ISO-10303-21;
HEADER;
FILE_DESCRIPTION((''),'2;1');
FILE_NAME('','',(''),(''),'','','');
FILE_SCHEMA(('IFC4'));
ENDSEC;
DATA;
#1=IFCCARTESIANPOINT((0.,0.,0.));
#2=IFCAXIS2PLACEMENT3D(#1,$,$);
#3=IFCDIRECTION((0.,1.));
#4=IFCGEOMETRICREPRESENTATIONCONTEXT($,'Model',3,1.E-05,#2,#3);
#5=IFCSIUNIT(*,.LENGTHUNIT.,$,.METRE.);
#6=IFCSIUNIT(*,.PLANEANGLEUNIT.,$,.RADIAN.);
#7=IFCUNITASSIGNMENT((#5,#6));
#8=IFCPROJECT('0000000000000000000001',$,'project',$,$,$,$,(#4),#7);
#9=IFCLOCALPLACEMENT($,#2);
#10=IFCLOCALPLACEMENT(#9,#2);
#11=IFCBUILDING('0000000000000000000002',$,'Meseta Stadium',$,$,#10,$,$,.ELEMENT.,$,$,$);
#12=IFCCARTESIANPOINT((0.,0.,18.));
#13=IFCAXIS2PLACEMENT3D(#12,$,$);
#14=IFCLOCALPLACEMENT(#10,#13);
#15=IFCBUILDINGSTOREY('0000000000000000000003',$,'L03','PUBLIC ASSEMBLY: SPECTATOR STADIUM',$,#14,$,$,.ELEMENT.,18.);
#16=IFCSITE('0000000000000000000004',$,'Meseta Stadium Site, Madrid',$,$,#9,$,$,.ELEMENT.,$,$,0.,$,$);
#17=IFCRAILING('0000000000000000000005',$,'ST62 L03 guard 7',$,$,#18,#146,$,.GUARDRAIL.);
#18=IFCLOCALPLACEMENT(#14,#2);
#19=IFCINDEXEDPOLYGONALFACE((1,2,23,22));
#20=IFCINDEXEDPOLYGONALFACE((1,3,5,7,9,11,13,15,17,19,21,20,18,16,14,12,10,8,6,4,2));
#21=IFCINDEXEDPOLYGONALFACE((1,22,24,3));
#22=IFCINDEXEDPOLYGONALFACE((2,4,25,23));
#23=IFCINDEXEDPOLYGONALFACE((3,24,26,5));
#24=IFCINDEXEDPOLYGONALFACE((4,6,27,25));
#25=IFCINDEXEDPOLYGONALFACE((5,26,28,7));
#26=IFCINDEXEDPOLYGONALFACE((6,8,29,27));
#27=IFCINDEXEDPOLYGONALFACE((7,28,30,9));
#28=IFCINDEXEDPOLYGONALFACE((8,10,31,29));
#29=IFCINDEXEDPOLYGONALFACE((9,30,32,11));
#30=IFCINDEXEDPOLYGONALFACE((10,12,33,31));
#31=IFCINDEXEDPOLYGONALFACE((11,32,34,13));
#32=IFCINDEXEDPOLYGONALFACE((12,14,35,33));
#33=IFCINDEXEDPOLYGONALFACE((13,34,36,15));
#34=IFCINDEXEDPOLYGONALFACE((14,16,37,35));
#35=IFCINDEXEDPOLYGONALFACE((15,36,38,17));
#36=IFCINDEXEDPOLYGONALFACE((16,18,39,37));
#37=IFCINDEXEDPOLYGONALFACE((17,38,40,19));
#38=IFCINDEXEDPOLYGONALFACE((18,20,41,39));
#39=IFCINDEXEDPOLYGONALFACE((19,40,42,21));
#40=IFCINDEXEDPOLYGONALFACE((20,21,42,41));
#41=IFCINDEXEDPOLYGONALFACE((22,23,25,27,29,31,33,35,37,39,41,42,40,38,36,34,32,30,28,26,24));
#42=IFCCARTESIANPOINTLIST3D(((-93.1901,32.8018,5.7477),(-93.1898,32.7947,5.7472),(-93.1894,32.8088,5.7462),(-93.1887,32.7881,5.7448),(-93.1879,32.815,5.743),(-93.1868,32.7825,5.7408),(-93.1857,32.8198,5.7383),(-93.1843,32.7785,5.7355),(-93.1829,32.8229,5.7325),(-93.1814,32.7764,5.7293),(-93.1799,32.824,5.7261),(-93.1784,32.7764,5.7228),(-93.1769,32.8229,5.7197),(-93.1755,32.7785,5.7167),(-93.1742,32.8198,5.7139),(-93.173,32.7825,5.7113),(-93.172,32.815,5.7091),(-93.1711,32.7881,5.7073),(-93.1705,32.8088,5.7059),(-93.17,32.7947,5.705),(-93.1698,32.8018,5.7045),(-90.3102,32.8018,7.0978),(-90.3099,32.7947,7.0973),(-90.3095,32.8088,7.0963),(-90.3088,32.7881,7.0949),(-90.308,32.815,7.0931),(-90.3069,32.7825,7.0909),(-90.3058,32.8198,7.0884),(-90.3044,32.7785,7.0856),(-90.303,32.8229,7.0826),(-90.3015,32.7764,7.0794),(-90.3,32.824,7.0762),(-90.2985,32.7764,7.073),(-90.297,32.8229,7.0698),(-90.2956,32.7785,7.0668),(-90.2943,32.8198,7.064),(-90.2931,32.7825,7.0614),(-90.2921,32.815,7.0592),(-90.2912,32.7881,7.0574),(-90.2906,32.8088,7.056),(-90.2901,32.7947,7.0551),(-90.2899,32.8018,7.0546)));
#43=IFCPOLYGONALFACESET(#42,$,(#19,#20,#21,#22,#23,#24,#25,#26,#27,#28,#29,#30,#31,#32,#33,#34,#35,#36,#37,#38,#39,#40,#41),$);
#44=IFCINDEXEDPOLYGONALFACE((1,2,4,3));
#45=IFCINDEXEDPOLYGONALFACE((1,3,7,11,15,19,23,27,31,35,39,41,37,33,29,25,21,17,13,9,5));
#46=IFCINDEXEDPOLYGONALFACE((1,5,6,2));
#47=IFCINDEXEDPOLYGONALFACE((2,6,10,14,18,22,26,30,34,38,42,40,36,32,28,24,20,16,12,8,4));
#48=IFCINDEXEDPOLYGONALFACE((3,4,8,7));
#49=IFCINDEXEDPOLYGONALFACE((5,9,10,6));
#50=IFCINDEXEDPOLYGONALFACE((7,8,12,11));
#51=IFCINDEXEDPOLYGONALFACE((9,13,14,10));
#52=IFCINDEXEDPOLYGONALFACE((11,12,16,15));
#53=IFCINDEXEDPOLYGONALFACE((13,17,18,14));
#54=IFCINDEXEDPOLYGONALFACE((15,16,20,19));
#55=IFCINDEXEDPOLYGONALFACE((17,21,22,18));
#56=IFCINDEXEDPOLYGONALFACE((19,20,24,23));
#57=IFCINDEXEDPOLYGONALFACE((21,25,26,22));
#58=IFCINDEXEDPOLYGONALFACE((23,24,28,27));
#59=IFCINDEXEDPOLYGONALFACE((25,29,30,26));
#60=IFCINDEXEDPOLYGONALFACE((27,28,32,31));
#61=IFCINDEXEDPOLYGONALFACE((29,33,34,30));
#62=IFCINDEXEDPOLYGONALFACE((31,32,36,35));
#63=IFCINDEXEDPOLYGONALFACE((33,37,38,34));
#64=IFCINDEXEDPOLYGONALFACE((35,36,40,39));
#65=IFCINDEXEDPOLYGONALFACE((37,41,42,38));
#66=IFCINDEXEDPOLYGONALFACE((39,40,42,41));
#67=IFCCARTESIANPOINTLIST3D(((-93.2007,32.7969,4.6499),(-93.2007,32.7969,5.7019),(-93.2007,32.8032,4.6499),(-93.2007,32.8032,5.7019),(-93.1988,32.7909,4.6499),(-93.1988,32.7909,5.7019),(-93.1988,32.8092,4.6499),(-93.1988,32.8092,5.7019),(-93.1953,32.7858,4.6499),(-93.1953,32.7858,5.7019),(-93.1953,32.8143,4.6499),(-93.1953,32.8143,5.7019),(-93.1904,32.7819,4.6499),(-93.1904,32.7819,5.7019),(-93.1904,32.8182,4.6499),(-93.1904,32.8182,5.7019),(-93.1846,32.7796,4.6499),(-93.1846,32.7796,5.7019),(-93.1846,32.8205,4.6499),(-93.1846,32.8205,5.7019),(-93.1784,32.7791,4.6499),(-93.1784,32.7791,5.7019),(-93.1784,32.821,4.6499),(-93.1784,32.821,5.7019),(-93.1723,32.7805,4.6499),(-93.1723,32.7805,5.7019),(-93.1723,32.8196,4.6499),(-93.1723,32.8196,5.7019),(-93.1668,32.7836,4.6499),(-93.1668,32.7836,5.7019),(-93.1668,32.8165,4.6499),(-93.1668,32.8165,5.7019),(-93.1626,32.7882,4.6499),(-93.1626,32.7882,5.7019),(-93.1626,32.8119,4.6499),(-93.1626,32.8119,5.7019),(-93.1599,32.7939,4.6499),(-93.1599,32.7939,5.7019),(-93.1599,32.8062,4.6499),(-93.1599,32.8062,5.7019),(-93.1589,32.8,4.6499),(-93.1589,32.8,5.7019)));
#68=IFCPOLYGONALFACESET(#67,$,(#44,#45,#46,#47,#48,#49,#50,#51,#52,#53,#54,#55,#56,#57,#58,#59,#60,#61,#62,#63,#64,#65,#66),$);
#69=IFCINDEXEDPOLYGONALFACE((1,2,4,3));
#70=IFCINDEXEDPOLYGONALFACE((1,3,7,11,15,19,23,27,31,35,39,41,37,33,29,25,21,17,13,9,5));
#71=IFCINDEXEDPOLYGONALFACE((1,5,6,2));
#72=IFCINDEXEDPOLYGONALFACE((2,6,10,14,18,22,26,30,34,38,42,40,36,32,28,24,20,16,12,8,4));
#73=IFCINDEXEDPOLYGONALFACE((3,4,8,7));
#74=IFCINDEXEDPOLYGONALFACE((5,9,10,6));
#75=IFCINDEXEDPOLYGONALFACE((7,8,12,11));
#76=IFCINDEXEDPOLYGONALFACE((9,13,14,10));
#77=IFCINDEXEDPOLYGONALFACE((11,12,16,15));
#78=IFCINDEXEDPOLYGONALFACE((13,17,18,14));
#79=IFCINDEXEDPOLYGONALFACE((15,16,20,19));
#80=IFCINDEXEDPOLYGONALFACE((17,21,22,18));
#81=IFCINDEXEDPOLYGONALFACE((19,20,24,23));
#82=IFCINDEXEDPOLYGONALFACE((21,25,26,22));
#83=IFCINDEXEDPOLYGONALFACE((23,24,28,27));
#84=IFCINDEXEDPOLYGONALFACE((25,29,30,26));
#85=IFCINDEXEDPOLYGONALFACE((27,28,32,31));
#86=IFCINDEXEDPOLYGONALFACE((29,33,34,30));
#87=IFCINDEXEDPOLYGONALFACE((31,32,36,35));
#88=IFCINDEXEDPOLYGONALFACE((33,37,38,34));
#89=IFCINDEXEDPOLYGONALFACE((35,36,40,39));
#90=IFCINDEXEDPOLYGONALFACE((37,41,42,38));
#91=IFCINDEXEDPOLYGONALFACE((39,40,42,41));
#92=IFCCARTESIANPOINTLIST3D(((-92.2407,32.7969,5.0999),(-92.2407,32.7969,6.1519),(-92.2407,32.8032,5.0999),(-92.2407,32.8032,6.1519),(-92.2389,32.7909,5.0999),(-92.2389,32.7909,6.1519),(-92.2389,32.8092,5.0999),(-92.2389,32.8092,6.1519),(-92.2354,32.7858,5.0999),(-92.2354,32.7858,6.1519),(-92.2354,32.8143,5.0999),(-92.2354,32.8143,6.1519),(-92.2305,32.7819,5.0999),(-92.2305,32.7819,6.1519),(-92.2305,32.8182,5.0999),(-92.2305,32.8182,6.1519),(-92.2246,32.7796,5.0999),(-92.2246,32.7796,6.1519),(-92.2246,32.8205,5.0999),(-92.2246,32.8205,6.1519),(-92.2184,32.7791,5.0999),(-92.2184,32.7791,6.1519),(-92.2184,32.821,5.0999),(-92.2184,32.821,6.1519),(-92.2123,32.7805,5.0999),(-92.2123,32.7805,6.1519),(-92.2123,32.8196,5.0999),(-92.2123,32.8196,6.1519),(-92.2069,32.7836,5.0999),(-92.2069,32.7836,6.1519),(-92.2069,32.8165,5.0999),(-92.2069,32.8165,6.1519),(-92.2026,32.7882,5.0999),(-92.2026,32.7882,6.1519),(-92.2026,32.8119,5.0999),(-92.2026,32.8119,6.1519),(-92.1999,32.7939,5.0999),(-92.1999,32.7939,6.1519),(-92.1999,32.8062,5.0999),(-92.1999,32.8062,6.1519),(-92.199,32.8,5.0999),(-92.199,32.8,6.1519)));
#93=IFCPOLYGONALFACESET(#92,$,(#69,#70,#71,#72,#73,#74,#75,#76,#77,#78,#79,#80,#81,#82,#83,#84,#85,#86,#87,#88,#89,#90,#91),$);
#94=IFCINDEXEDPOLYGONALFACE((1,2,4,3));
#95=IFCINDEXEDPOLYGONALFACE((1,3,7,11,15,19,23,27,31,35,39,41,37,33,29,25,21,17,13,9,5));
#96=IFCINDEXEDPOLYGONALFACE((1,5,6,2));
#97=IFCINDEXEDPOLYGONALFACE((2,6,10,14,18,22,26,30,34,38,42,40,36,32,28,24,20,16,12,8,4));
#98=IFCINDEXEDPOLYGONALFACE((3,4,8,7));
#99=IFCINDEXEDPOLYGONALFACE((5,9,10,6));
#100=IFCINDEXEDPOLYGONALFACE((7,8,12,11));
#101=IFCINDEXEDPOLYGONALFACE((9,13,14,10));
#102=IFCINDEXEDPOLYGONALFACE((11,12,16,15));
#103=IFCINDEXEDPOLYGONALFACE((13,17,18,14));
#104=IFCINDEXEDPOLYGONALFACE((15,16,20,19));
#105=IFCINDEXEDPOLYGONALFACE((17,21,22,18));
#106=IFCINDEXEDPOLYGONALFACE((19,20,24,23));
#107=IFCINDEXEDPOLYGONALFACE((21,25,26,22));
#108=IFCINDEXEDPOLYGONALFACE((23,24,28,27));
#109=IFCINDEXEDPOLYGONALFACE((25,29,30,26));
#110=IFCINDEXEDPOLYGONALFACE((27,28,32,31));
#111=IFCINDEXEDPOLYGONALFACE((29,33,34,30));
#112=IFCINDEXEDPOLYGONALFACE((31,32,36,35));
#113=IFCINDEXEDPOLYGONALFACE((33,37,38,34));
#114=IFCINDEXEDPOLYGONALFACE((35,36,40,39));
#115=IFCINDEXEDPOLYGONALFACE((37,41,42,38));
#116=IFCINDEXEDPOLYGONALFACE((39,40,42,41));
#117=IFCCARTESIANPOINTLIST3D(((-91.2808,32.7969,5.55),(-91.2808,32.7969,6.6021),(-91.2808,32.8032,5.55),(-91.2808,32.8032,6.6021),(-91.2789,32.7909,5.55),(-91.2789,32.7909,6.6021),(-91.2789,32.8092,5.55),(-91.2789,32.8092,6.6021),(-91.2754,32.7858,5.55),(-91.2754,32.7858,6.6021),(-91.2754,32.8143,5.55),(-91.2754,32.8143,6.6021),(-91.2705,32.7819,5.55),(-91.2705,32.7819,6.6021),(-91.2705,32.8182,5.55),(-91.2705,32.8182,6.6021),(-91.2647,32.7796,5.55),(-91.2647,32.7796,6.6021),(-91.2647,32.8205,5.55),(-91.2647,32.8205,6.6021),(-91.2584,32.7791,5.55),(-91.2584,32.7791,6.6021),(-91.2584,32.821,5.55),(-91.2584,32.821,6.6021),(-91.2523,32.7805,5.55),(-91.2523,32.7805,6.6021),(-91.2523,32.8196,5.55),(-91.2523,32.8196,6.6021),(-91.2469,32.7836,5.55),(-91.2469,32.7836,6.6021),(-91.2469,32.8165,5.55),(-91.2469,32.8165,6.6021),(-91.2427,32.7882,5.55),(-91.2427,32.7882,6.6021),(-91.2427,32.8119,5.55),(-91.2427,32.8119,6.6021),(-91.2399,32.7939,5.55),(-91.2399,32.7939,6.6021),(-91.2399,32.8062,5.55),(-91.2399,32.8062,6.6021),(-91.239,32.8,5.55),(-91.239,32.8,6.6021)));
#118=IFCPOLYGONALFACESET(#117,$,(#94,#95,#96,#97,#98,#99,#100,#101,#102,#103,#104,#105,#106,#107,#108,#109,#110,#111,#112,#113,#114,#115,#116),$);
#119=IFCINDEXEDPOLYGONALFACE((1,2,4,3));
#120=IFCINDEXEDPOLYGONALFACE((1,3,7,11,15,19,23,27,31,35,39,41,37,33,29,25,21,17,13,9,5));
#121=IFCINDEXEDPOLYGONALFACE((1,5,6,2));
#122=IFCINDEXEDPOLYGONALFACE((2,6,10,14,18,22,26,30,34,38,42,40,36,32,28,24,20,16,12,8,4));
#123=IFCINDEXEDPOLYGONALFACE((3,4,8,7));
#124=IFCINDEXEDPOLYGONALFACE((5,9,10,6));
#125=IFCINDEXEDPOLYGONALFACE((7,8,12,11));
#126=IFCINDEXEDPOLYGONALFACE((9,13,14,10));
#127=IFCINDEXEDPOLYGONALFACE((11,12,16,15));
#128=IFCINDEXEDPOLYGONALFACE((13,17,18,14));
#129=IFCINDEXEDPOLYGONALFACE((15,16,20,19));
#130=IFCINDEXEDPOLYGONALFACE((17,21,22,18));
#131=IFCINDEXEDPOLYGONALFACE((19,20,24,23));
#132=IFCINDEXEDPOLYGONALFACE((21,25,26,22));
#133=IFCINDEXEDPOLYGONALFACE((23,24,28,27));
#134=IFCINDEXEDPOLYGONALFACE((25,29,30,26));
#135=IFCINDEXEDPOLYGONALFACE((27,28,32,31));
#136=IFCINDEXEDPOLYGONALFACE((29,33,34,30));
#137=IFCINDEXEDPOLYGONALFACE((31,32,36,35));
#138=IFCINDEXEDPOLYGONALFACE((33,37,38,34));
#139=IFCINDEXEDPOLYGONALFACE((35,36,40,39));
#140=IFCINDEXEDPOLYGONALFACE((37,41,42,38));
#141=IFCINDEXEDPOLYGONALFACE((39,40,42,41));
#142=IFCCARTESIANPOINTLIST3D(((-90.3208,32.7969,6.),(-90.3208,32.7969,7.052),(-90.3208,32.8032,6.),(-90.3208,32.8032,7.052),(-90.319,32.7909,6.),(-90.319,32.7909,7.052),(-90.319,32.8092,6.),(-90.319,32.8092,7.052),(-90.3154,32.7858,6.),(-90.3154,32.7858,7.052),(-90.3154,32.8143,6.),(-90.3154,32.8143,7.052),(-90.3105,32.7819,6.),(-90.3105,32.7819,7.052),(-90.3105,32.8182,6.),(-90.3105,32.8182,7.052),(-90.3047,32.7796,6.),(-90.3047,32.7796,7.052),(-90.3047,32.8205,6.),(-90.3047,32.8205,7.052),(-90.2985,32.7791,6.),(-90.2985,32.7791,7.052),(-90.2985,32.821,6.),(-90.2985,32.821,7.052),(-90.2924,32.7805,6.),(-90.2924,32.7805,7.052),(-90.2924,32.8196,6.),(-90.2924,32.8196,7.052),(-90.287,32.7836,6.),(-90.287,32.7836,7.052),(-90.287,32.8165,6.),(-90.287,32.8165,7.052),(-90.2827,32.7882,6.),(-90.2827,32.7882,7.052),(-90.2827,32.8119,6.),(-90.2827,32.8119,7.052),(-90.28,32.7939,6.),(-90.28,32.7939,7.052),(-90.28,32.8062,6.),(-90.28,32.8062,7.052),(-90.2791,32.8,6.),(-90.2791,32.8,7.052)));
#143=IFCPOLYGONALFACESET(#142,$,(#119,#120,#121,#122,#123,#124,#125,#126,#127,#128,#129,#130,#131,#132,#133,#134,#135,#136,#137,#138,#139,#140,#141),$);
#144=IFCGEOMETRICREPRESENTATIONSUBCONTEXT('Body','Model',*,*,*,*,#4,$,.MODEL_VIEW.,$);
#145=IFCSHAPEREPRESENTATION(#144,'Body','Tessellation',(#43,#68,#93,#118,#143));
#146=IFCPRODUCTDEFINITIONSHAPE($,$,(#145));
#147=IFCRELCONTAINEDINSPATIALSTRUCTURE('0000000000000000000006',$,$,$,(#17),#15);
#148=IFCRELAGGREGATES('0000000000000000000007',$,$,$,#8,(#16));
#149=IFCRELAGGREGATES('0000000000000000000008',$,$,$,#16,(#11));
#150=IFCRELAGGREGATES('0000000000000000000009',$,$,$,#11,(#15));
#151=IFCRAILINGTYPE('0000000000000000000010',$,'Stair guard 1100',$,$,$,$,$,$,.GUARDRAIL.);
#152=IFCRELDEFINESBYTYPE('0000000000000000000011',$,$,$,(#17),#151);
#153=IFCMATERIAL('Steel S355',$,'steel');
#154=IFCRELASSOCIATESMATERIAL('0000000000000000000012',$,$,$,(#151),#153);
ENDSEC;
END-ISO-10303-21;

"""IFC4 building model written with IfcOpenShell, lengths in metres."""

from ifc_helpers import new_model, si_unit, direction, frame, origin, origin_2d, place, context, subcontext, project, spatial, circle, extrude, material, type_object, element, save


model = new_model("IFC4")

# Units and contexts
model_context = context("Model", 3, precision=1e-05, world=origin(), true_north=direction((0.0, 1.0)))
body_context = subcontext(model_context, "Body", "Model", "MODEL_VIEW")
ifc_project = project(units=[si_unit("LENGTHUNIT", "METRE"), si_unit("PLANEANGLEUNIT", "RADIAN")], contexts=[model_context])

# Site, building, storey
site_placement = place(None, origin())
site = spatial("IfcSite", under=ifc_project, at=site_placement, Name="Meseta Stadium Site, Madrid", CompositionType="ELEMENT", RefElevation=0.0)
building_placement = place(site_placement, origin())
building = spatial("IfcBuilding", under=site, at=building_placement, Name="Meseta Stadium", CompositionType="ELEMENT")
storey_placement = place(building_placement, frame((0.0, 0.0, 18.0)))
storey = spatial("IfcBuildingStorey", under=building, at=storey_placement, Name="L03", Description="PUBLIC ASSEMBLY: SPECTATOR STADIUM", CompositionType="ELEMENT", Elevation=18.0)

# Railing
ifc_material_1 = material(Name="Steel S355", Category="steel")
railing_type_1 = type_object("IfcRailingType", Name="Stair guard 1100", PredefinedType="GUARDRAIL", material=ifc_material_1)
railing_1_placement = place(storey_placement, frame((-93.1799, 32.8, 4.6499)))
element("IfcRailing", 1, at=railing_1_placement, inside=storey, type_object=railing_type_1, Name="ST62 L03 guard 7", PredefinedType="GUARDRAIL", context=body_context, shape_type="SweptSolid", body=[
    extrude(circle(Radius=0.0239, at=origin_2d()), frame((0.0, 0.0, 1.0762), z_axis=(0.90544, 0.0, 0.424473), x_axis=(0.0, 1.0, 0.0)), (0.0, 0.0, 1.0), 3.1807),
    extrude(circle(Radius=0.021, at=origin_2d()), origin(), (0.0, 0.0, 1.0), 1.052),
    extrude(circle(Radius=0.021, at=origin_2d()), frame((0.96, 0.0, 0.45)), (0.0, 0.0, 1.0), 1.052),
    extrude(circle(Radius=0.021, at=origin_2d()), frame((1.9199, 0.0, 0.9001)), (0.0, 0.0, 1.0), 1.052),
    extrude(circle(Radius=0.021, at=origin_2d()), frame((2.8799, 0.0, 1.3501)), (0.0, 0.0, 1.0), 1.052),
])

save(model, "model.ifc")
